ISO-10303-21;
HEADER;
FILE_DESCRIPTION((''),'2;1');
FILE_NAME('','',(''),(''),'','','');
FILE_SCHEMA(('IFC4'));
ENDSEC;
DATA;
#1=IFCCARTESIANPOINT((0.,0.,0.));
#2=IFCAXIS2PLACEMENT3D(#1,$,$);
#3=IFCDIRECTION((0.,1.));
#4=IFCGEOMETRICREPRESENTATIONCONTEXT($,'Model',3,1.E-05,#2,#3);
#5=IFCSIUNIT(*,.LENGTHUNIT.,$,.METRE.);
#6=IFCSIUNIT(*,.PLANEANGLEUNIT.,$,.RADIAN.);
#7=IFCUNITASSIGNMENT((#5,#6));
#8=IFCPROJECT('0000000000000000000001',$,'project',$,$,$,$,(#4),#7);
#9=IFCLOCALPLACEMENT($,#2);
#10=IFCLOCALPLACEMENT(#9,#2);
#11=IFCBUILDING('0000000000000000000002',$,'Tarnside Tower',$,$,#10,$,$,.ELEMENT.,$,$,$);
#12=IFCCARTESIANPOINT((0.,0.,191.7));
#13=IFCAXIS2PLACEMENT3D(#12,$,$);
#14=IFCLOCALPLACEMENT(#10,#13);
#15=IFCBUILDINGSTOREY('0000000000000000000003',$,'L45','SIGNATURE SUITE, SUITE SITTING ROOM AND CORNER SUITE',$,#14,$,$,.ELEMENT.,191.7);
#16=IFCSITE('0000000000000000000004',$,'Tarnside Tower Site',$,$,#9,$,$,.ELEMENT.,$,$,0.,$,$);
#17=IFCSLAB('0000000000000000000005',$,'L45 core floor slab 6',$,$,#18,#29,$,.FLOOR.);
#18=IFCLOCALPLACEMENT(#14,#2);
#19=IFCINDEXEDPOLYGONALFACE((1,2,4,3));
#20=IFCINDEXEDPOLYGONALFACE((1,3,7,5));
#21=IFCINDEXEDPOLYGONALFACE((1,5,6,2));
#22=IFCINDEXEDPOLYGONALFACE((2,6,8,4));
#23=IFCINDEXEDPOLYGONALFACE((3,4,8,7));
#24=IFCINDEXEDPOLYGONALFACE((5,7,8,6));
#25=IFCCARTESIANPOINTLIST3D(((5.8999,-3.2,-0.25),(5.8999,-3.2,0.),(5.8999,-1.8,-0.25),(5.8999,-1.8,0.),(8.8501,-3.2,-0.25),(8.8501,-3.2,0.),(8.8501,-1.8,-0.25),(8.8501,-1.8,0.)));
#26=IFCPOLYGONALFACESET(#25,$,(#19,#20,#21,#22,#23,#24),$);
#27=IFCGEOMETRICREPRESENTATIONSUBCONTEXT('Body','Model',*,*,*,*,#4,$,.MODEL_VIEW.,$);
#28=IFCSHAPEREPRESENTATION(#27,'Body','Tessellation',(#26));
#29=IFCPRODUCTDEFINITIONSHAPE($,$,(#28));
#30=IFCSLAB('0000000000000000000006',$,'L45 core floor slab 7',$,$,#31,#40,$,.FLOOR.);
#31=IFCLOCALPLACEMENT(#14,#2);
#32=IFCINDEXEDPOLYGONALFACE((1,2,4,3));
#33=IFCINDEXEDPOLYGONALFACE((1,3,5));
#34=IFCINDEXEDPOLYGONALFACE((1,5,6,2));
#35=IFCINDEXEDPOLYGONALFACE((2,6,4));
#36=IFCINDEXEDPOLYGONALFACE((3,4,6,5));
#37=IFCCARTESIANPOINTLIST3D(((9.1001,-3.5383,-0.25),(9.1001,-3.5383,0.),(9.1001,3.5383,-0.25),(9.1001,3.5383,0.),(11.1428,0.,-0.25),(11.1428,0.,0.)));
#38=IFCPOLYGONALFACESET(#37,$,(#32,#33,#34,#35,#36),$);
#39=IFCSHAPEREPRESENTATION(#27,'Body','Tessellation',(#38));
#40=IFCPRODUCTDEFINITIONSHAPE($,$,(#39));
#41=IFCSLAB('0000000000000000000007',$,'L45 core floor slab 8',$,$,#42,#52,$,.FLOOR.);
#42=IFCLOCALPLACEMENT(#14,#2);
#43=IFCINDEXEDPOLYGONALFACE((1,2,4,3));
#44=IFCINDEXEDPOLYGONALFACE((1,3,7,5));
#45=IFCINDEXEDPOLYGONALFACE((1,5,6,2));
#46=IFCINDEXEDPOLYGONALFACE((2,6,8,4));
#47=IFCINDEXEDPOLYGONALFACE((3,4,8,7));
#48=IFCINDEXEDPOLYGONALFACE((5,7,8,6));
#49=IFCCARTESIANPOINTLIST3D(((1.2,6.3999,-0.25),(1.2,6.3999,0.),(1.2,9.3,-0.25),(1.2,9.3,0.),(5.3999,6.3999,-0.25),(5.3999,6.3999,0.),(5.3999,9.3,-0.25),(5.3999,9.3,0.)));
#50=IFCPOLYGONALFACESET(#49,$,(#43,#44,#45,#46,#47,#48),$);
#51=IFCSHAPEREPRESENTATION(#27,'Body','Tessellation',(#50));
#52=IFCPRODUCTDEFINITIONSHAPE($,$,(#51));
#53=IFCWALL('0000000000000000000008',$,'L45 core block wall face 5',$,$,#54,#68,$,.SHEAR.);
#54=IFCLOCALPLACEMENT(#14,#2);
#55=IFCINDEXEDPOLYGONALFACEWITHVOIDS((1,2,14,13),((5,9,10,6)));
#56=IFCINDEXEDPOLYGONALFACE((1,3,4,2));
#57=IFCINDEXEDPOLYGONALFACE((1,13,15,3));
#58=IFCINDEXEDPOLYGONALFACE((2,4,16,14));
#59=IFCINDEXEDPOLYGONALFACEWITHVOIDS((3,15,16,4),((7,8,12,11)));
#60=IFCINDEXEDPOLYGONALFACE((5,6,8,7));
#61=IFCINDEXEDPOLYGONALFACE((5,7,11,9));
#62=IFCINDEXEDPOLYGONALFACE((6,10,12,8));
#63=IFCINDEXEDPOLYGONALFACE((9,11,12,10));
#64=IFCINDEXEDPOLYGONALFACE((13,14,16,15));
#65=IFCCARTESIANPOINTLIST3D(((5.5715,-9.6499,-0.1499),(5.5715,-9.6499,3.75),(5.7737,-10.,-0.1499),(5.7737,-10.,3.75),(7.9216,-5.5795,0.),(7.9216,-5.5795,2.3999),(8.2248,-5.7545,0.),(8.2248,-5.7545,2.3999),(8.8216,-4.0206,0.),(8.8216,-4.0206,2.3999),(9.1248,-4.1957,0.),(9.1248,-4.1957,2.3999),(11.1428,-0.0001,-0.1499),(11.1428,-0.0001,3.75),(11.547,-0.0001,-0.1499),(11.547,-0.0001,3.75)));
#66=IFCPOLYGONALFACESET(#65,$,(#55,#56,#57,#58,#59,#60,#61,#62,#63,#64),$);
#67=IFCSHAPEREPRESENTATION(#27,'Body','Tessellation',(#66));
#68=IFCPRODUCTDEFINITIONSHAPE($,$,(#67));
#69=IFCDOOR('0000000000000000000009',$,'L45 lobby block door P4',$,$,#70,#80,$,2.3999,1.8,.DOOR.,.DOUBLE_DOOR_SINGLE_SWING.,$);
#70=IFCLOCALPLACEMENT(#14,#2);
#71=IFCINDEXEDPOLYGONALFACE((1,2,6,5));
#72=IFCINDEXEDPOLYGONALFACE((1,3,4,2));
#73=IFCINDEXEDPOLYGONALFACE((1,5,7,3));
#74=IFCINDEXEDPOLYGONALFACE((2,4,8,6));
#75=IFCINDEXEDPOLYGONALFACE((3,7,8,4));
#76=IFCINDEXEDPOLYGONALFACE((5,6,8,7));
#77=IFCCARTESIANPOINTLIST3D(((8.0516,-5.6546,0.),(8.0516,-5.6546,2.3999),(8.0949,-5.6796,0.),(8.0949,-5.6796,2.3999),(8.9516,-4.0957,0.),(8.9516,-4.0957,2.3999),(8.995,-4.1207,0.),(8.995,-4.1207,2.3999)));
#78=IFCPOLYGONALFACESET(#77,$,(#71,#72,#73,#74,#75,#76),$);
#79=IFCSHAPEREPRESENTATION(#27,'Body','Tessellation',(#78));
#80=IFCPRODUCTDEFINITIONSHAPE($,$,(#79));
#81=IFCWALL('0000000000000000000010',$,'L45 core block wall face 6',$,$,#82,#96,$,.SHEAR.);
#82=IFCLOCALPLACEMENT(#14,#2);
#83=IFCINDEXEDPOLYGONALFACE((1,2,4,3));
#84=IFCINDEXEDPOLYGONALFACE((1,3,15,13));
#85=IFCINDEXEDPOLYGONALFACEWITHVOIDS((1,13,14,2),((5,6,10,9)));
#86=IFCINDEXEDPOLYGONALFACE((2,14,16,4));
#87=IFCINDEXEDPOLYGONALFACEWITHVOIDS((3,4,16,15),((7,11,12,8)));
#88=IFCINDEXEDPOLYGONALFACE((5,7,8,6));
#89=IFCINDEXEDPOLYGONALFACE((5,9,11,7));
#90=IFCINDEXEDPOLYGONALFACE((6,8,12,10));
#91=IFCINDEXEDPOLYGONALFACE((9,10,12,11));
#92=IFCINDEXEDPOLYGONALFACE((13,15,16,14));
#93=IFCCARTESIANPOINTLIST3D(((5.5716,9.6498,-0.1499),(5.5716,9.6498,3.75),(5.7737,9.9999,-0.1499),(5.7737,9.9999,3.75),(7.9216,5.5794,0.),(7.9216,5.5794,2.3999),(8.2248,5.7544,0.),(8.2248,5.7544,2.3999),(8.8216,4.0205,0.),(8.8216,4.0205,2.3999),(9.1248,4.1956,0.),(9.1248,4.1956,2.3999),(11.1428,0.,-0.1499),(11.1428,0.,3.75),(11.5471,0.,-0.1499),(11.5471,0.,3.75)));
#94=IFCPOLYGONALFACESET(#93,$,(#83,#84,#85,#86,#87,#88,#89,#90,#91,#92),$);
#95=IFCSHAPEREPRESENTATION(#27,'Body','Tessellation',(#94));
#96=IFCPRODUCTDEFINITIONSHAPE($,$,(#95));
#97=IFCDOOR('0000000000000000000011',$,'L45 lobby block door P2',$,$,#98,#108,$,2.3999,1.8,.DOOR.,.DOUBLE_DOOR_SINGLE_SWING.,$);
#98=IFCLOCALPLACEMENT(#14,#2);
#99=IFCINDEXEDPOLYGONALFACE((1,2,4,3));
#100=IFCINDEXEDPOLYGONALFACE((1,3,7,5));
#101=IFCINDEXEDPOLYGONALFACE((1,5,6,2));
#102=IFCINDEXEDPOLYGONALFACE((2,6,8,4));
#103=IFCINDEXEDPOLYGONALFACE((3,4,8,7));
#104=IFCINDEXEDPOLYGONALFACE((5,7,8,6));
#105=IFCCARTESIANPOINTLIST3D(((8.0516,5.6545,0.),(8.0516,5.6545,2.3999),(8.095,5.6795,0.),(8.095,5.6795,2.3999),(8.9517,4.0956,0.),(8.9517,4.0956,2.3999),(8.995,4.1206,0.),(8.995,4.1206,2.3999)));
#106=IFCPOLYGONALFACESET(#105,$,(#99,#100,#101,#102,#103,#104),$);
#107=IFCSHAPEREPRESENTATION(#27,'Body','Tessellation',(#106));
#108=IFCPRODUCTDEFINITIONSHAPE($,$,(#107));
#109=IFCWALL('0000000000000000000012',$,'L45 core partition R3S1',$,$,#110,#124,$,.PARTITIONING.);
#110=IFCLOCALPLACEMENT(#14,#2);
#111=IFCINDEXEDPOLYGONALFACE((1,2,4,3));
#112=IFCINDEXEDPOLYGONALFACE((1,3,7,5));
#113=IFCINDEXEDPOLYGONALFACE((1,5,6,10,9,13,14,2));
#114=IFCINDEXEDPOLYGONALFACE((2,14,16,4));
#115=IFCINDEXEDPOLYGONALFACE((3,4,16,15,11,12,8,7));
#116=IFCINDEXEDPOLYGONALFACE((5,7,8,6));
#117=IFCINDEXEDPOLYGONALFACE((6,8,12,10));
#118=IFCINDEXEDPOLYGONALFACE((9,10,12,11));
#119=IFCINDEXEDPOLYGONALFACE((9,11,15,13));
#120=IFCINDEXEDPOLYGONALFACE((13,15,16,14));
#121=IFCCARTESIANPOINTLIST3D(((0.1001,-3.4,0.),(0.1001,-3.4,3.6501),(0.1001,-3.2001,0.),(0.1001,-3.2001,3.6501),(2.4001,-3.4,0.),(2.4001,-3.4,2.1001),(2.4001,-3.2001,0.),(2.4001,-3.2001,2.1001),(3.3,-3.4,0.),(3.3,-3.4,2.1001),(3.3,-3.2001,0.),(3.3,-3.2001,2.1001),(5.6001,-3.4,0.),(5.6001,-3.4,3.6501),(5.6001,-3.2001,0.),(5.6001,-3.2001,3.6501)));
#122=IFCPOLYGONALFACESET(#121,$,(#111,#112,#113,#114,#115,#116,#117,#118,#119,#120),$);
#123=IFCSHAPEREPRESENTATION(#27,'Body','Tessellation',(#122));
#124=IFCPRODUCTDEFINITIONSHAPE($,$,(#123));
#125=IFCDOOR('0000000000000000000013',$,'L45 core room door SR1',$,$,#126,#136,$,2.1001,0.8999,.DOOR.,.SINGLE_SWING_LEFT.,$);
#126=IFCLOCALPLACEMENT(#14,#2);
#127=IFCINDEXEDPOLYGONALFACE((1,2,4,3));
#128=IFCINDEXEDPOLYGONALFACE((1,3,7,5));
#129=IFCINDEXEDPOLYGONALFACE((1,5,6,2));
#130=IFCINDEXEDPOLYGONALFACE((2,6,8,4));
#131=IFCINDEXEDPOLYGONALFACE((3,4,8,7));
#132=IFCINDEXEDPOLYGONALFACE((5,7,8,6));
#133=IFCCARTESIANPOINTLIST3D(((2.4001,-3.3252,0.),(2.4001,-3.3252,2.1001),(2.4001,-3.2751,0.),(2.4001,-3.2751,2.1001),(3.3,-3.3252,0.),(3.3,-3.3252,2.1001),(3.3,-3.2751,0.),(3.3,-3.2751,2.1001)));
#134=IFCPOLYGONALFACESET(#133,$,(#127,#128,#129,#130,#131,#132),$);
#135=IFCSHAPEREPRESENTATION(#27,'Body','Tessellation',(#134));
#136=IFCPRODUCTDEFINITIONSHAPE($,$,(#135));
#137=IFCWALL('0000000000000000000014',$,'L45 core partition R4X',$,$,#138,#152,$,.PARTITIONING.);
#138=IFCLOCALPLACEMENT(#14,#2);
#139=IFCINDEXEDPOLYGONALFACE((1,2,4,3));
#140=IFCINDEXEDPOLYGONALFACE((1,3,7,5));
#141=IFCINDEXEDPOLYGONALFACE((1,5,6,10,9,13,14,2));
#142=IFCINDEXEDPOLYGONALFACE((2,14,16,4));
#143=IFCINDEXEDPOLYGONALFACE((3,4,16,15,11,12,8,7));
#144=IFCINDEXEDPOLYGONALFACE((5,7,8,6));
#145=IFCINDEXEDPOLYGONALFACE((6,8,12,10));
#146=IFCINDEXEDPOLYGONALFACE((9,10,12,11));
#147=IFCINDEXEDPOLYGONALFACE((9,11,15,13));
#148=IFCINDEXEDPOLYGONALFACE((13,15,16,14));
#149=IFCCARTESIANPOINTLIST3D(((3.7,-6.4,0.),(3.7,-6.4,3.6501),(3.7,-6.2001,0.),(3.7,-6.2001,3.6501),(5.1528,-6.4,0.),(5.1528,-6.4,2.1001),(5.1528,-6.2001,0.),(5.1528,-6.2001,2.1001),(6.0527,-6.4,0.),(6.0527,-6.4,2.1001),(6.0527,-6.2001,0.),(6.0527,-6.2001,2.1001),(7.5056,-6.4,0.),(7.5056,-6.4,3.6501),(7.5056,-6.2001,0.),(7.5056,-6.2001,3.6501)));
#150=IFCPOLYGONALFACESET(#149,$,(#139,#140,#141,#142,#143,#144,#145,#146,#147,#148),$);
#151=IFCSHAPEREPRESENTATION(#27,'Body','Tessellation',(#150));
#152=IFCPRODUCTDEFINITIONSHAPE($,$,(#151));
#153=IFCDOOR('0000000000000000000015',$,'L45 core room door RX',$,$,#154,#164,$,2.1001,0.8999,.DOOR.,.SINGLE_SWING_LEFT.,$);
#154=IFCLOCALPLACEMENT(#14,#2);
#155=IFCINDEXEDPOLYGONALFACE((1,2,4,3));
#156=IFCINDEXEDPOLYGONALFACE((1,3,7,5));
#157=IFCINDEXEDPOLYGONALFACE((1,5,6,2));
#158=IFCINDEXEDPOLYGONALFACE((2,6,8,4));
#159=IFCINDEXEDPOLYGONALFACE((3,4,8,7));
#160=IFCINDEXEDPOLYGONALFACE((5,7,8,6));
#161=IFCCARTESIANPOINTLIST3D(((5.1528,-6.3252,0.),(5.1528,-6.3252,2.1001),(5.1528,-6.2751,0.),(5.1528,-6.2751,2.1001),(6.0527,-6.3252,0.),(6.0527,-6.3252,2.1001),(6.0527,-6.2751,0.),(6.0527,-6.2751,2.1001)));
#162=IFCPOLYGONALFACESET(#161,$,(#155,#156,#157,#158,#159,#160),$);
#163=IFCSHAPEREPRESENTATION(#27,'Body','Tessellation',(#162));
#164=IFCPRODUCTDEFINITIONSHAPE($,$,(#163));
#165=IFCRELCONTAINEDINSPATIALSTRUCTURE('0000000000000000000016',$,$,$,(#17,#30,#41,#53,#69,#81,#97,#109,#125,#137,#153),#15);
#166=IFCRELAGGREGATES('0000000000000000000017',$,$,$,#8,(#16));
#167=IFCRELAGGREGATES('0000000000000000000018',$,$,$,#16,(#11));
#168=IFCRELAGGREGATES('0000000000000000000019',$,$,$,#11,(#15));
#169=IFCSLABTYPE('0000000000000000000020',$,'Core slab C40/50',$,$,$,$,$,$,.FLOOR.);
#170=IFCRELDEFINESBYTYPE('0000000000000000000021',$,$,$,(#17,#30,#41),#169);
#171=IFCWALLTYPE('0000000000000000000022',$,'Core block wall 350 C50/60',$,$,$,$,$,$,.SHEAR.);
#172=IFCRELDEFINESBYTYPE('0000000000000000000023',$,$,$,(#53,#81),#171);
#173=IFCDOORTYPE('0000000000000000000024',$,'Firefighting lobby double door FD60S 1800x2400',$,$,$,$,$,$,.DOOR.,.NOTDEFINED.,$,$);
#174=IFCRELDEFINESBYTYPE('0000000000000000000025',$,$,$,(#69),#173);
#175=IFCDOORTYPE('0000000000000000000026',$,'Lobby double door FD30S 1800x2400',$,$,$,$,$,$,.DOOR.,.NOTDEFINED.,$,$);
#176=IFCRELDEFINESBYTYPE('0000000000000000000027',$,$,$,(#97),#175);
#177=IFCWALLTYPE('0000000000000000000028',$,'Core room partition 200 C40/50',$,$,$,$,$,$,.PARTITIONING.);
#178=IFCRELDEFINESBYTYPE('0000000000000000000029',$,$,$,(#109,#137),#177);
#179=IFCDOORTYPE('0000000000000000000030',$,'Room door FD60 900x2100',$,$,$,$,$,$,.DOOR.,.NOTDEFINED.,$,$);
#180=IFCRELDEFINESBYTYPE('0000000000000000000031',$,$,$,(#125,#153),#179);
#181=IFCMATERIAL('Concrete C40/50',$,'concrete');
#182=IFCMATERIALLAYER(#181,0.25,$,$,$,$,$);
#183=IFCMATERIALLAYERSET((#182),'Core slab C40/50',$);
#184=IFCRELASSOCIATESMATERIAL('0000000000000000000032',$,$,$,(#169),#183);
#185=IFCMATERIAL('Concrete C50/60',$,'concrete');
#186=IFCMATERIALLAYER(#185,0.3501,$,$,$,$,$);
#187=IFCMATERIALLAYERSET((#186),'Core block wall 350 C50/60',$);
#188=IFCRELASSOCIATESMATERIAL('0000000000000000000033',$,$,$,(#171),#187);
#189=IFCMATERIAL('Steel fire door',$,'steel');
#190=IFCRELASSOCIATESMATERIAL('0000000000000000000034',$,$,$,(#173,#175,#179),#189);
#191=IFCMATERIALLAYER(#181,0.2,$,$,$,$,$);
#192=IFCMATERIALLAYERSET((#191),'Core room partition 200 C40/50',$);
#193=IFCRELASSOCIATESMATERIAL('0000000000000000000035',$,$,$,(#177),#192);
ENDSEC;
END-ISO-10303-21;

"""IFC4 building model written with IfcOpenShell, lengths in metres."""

from ifc_helpers import new_model, si_unit, direction, frame, frame_2d, origin, place, context, subcontext, project, spatial, polyline, rectangle, outline, extrude, material, layer, layer_set, type_object, element, fill, save


model = new_model("IFC4")

# Units and contexts
model_context = context("Model", 3, precision=1e-05, world=origin(), true_north=direction((0.0, 1.0)))
body_context = subcontext(model_context, "Body", "Model", "MODEL_VIEW")
ifc_project = project(units=[si_unit("LENGTHUNIT", "METRE"), si_unit("PLANEANGLEUNIT", "RADIAN")], contexts=[model_context])

# Site, building, storey
site_placement = place(None, origin())
site = spatial("IfcSite", under=ifc_project, at=site_placement, Name="Tarnside Tower Site", CompositionType="ELEMENT", RefElevation=0.0)
building_placement = place(site_placement, origin())
building = spatial("IfcBuilding", under=site, at=building_placement, Name="Tarnside Tower", CompositionType="ELEMENT")
storey_placement = place(building_placement, frame((0.0, 0.0, 191.7)))
storey = spatial("IfcBuildingStorey", under=building, at=storey_placement, Name="L45", Description="SIGNATURE SUITE, SUITE SITTING ROOM AND CORNER SUITE", CompositionType="ELEMENT", Elevation=191.7)

# Slabs
ifc_material_1 = material(Name="Concrete C40/50", Category="concrete")
ifc_layer_1 = layer(ifc_material_1, 0.25)
ifc_layer_set_1 = layer_set([ifc_layer_1], Name="Core slab C40/50")
slab_type = type_object("IfcSlabType", Name="Core slab C40/50", PredefinedType="FLOOR", material=ifc_layer_set_1)
slab_1_placement = place(storey_placement, frame((0.0, 0.0, -0.25)))
element("IfcSlab", 1, at=slab_1_placement, inside=storey, type_object=slab_type, Name="L45 core floor slab 6", PredefinedType="FLOOR", context=body_context, shape_type="SweptSolid", body=[
    extrude(outline(polyline([(5.8999, -3.2), (5.8999, -1.8), (8.8501, -1.8), (8.8501, -3.2), (5.8999, -3.2)])), origin(), (0.0, 0.0, 1.0), 0.25),
])
slab_2_placement = place(storey_placement, frame((0.0, 0.0, -0.25)))
element("IfcSlab", 2, at=slab_2_placement, inside=storey, type_object=slab_type, Name="L45 core floor slab 7", PredefinedType="FLOOR", context=body_context, shape_type="SweptSolid", body=[
    extrude(outline(polyline([(9.1001, -3.5383), (9.1001, 3.5383), (11.1428, 0.0), (9.1001, -3.5383)])), origin(), (0.0, 0.0, 1.0), 0.25),
])
slab_3_placement = place(storey_placement, frame((0.0, 0.0, -0.25)))
element("IfcSlab", 3, at=slab_3_placement, inside=storey, type_object=slab_type, Name="L45 core floor slab 8", PredefinedType="FLOOR", context=body_context, shape_type="SweptSolid", body=[
    extrude(outline(polyline([(5.3999, 9.3), (5.3999, 6.3999), (1.2, 6.3999), (1.2, 9.3), (5.3999, 9.3)])), origin(), (0.0, 0.0, 1.0), 0.25),
])

# Walls, openings, doors
ifc_material_2 = material(Name="Concrete C50/60", Category="concrete")
ifc_layer_2 = layer(ifc_material_2, 0.3501)
ifc_layer_set_2 = layer_set([ifc_layer_2], Name="Core block wall 350 C50/60")
wall_type_1 = type_object("IfcWallType", Name="Core block wall 350 C50/60", PredefinedType="SHEAR", material=ifc_layer_set_2)
wall_1_placement = place(storey_placement, frame((5.6726, -9.825, -0.1499), z_axis=(0.0, 0.0, 1.0), x_axis=(0.499995, 0.866028, 0.0)))
wall_1 = element("IfcWall", 4, at=wall_1_placement, inside=storey, type_object=wall_type_1, Name="L45 core block wall face 5", PredefinedType="SHEAR", context=body_context, shape_type="SweptSolid", body=[
    extrude(outline(polyline([(-0.1011, -0.175), (11.4458, -0.175), (11.2437, 0.175), (0.1011, 0.175), (-0.1011, -0.175)])), origin(), (0.0, 0.0, 1.0), 3.8999),
])
opening_1_placement = place(wall_1_placement, frame((4.8013, 0.0, 0.1499)))
opening_1 = element("IfcOpeningElement", 5, at=opening_1_placement, cuts=wall_1, PredefinedType="OPENING", context=body_context, shape_type="SweptSolid", body=[
    extrude(rectangle(XDim=1.8, YDim=2.3999, at=frame_2d((0.8999, 1.2))), frame((0.0, 0.1851, 0.0), z_axis=(0.0, -1.0, 0.0), x_axis=(1.0, 0.0, 0.0)), (0.0, 0.0, 1.0), 0.3701),
])
ifc_material_3 = material(Name="Steel fire door", Category="steel")
door_type_1 = type_object("IfcDoorType", Name="Firefighting lobby double door FD60S 1800x2400", OperationType="NOTDEFINED", PredefinedType="DOOR", material=ifc_material_3)
door_1_placement = place(opening_1_placement, origin())
door_1 = element("IfcDoor", 6, at=door_1_placement, inside=storey, type_object=door_type_1, Name="L45 lobby block door P4", OperationType="DOUBLE_DOOR_SINGLE_SWING", OverallHeight=2.3999, OverallWidth=1.8, PredefinedType="DOOR", context=body_context, shape_type="SweptSolid", body=[
    extrude(rectangle(XDim=1.8, YDim=2.3999, at=frame_2d((0.8999, 1.2))), frame((0.0, 0.0249, 0.0), z_axis=(0.0, -1.0, 0.0), x_axis=(1.0, 0.0, 0.0)), (0.0, 0.0, 1.0), 0.05),
])
fill(opening_1, door_1)
wall_2_placement = place(storey_placement, frame((11.345, 0.0, -0.1499), z_axis=(0.0, 0.0, 1.0), x_axis=(-0.499995, 0.866028, 0.0)))
wall_2 = element("IfcWall", 7, at=wall_2_placement, inside=storey, type_object=wall_type_1, Name="L45 core block wall face 6", PredefinedType="SHEAR", context=body_context, shape_type="SweptSolid", body=[
    extrude(outline(polyline([(-0.1011, -0.175), (11.4458, -0.175), (11.2437, 0.175), (0.1011, 0.175), (-0.1011, -0.175)])), origin(), (0.0, 0.0, 1.0), 3.8999),
])
opening_2_placement = place(wall_2_placement, frame((4.7437, 0.0, 0.1499)))
opening_2 = element("IfcOpeningElement", 8, at=opening_2_placement, cuts=wall_2, PredefinedType="OPENING", context=body_context, shape_type="SweptSolid", body=[
    extrude(rectangle(XDim=1.8, YDim=2.3999, at=frame_2d((0.8999, 1.2))), frame((0.0, 0.1851, 0.0), z_axis=(0.0, -1.0, 0.0), x_axis=(1.0, 0.0, 0.0)), (0.0, 0.0, 1.0), 0.3701),
])
door_type_2 = type_object("IfcDoorType", Name="Lobby double door FD30S 1800x2400", OperationType="NOTDEFINED", PredefinedType="DOOR", material=ifc_material_3)
door_2_placement = place(opening_2_placement, origin())
door_2 = element("IfcDoor", 9, at=door_2_placement, inside=storey, type_object=door_type_2, Name="L45 lobby block door P2", OperationType="DOUBLE_DOOR_SINGLE_SWING", OverallHeight=2.3999, OverallWidth=1.8, PredefinedType="DOOR", context=body_context, shape_type="SweptSolid", body=[
    extrude(rectangle(XDim=1.8, YDim=2.3999, at=frame_2d((0.8999, 1.2))), frame((0.0, 0.0249, 0.0), z_axis=(0.0, -1.0, 0.0), x_axis=(1.0, 0.0, 0.0)), (0.0, 0.0, 1.0), 0.05),
])
fill(opening_2, door_2)
ifc_layer_3 = layer(ifc_material_1, 0.2)
ifc_layer_set_3 = layer_set([ifc_layer_3], Name="Core room partition 200 C40/50")
wall_type_2 = type_object("IfcWallType", Name="Core room partition 200 C40/50", PredefinedType="PARTITIONING", material=ifc_layer_set_3)
wall_3_placement = place(storey_placement, frame((0.1001, -3.3, 0.0), z_axis=(0.0, 0.0, 1.0), x_axis=(1.0, 0.0, 0.0)))
wall_3 = element("IfcWall", 10, at=wall_3_placement, inside=storey, type_object=wall_type_2, Name="L45 core partition R3S1", PredefinedType="PARTITIONING", context=body_context, shape_type="SweptSolid", body=[
    extrude(rectangle(XDim=5.5, YDim=0.2, at=frame_2d((2.75, 0.0))), origin(), (0.0, 0.0, 1.0), 3.6501),
])
opening_3_placement = place(wall_3_placement, frame((2.3, 0.0, 0.0)))
opening_3 = element("IfcOpeningElement", 11, at=opening_3_placement, cuts=wall_3, PredefinedType="OPENING", context=body_context, shape_type="SweptSolid", body=[
    extrude(rectangle(XDim=0.8999, YDim=2.1001, at=frame_2d((0.45, 1.05))), frame((0.0, 0.1099, 0.0), z_axis=(0.0, -1.0, 0.0), x_axis=(1.0, 0.0, 0.0)), (0.0, 0.0, 1.0), 0.22),
])
door_type_3 = type_object("IfcDoorType", Name="Room door FD60 900x2100", OperationType="NOTDEFINED", PredefinedType="DOOR", material=ifc_material_3)
door_3_placement = place(opening_3_placement, origin())
door_3 = element("IfcDoor", 12, at=door_3_placement, inside=storey, type_object=door_type_3, Name="L45 core room door SR1", OperationType="SINGLE_SWING_LEFT", OverallHeight=2.1001, OverallWidth=0.8999, PredefinedType="DOOR", context=body_context, shape_type="SweptSolid", body=[
    extrude(rectangle(XDim=0.8999, YDim=2.1001, at=frame_2d((0.45, 1.05))), frame((0.0, 0.0249, 0.0), z_axis=(0.0, -1.0, 0.0), x_axis=(1.0, 0.0, 0.0)), (0.0, 0.0, 1.0), 0.05),
])
fill(opening_3, door_3)
wall_4_placement = place(storey_placement, frame((3.7, -6.3, 0.0), z_axis=(0.0, 0.0, 1.0), x_axis=(1.0, 0.0, 0.0)))
wall_4 = element("IfcWall", 13, at=wall_4_placement, inside=storey, type_object=wall_type_2, Name="L45 core partition R4X", PredefinedType="PARTITIONING", context=body_context, shape_type="SweptSolid", body=[
    extrude(rectangle(XDim=3.8057, YDim=0.2, at=frame_2d((1.9028, 0.0))), origin(), (0.0, 0.0, 1.0), 3.6501),
])
opening_4_placement = place(wall_4_placement, frame((1.4529, 0.0, 0.0)))
opening_4 = element("IfcOpeningElement", 14, at=opening_4_placement, cuts=wall_4, PredefinedType="OPENING", context=body_context, shape_type="SweptSolid", body=[
    extrude(rectangle(XDim=0.8999, YDim=2.1001, at=frame_2d((0.45, 1.05))), frame((0.0, 0.1099, 0.0), z_axis=(0.0, -1.0, 0.0), x_axis=(1.0, 0.0, 0.0)), (0.0, 0.0, 1.0), 0.22),
])
door_4_placement = place(opening_4_placement, origin())
door_4 = element("IfcDoor", 15, at=door_4_placement, inside=storey, type_object=door_type_3, Name="L45 core room door RX", OperationType="SINGLE_SWING_LEFT", OverallHeight=2.1001, OverallWidth=0.8999, PredefinedType="DOOR", context=body_context, shape_type="SweptSolid", body=[
    extrude(rectangle(XDim=0.8999, YDim=2.1001, at=frame_2d((0.45, 1.05))), frame((0.0, 0.0249, 0.0), z_axis=(0.0, -1.0, 0.0), x_axis=(1.0, 0.0, 0.0)), (0.0, 0.0, 1.0), 0.05),
])
fill(opening_4, door_4)

save(model, "model.ifc")
